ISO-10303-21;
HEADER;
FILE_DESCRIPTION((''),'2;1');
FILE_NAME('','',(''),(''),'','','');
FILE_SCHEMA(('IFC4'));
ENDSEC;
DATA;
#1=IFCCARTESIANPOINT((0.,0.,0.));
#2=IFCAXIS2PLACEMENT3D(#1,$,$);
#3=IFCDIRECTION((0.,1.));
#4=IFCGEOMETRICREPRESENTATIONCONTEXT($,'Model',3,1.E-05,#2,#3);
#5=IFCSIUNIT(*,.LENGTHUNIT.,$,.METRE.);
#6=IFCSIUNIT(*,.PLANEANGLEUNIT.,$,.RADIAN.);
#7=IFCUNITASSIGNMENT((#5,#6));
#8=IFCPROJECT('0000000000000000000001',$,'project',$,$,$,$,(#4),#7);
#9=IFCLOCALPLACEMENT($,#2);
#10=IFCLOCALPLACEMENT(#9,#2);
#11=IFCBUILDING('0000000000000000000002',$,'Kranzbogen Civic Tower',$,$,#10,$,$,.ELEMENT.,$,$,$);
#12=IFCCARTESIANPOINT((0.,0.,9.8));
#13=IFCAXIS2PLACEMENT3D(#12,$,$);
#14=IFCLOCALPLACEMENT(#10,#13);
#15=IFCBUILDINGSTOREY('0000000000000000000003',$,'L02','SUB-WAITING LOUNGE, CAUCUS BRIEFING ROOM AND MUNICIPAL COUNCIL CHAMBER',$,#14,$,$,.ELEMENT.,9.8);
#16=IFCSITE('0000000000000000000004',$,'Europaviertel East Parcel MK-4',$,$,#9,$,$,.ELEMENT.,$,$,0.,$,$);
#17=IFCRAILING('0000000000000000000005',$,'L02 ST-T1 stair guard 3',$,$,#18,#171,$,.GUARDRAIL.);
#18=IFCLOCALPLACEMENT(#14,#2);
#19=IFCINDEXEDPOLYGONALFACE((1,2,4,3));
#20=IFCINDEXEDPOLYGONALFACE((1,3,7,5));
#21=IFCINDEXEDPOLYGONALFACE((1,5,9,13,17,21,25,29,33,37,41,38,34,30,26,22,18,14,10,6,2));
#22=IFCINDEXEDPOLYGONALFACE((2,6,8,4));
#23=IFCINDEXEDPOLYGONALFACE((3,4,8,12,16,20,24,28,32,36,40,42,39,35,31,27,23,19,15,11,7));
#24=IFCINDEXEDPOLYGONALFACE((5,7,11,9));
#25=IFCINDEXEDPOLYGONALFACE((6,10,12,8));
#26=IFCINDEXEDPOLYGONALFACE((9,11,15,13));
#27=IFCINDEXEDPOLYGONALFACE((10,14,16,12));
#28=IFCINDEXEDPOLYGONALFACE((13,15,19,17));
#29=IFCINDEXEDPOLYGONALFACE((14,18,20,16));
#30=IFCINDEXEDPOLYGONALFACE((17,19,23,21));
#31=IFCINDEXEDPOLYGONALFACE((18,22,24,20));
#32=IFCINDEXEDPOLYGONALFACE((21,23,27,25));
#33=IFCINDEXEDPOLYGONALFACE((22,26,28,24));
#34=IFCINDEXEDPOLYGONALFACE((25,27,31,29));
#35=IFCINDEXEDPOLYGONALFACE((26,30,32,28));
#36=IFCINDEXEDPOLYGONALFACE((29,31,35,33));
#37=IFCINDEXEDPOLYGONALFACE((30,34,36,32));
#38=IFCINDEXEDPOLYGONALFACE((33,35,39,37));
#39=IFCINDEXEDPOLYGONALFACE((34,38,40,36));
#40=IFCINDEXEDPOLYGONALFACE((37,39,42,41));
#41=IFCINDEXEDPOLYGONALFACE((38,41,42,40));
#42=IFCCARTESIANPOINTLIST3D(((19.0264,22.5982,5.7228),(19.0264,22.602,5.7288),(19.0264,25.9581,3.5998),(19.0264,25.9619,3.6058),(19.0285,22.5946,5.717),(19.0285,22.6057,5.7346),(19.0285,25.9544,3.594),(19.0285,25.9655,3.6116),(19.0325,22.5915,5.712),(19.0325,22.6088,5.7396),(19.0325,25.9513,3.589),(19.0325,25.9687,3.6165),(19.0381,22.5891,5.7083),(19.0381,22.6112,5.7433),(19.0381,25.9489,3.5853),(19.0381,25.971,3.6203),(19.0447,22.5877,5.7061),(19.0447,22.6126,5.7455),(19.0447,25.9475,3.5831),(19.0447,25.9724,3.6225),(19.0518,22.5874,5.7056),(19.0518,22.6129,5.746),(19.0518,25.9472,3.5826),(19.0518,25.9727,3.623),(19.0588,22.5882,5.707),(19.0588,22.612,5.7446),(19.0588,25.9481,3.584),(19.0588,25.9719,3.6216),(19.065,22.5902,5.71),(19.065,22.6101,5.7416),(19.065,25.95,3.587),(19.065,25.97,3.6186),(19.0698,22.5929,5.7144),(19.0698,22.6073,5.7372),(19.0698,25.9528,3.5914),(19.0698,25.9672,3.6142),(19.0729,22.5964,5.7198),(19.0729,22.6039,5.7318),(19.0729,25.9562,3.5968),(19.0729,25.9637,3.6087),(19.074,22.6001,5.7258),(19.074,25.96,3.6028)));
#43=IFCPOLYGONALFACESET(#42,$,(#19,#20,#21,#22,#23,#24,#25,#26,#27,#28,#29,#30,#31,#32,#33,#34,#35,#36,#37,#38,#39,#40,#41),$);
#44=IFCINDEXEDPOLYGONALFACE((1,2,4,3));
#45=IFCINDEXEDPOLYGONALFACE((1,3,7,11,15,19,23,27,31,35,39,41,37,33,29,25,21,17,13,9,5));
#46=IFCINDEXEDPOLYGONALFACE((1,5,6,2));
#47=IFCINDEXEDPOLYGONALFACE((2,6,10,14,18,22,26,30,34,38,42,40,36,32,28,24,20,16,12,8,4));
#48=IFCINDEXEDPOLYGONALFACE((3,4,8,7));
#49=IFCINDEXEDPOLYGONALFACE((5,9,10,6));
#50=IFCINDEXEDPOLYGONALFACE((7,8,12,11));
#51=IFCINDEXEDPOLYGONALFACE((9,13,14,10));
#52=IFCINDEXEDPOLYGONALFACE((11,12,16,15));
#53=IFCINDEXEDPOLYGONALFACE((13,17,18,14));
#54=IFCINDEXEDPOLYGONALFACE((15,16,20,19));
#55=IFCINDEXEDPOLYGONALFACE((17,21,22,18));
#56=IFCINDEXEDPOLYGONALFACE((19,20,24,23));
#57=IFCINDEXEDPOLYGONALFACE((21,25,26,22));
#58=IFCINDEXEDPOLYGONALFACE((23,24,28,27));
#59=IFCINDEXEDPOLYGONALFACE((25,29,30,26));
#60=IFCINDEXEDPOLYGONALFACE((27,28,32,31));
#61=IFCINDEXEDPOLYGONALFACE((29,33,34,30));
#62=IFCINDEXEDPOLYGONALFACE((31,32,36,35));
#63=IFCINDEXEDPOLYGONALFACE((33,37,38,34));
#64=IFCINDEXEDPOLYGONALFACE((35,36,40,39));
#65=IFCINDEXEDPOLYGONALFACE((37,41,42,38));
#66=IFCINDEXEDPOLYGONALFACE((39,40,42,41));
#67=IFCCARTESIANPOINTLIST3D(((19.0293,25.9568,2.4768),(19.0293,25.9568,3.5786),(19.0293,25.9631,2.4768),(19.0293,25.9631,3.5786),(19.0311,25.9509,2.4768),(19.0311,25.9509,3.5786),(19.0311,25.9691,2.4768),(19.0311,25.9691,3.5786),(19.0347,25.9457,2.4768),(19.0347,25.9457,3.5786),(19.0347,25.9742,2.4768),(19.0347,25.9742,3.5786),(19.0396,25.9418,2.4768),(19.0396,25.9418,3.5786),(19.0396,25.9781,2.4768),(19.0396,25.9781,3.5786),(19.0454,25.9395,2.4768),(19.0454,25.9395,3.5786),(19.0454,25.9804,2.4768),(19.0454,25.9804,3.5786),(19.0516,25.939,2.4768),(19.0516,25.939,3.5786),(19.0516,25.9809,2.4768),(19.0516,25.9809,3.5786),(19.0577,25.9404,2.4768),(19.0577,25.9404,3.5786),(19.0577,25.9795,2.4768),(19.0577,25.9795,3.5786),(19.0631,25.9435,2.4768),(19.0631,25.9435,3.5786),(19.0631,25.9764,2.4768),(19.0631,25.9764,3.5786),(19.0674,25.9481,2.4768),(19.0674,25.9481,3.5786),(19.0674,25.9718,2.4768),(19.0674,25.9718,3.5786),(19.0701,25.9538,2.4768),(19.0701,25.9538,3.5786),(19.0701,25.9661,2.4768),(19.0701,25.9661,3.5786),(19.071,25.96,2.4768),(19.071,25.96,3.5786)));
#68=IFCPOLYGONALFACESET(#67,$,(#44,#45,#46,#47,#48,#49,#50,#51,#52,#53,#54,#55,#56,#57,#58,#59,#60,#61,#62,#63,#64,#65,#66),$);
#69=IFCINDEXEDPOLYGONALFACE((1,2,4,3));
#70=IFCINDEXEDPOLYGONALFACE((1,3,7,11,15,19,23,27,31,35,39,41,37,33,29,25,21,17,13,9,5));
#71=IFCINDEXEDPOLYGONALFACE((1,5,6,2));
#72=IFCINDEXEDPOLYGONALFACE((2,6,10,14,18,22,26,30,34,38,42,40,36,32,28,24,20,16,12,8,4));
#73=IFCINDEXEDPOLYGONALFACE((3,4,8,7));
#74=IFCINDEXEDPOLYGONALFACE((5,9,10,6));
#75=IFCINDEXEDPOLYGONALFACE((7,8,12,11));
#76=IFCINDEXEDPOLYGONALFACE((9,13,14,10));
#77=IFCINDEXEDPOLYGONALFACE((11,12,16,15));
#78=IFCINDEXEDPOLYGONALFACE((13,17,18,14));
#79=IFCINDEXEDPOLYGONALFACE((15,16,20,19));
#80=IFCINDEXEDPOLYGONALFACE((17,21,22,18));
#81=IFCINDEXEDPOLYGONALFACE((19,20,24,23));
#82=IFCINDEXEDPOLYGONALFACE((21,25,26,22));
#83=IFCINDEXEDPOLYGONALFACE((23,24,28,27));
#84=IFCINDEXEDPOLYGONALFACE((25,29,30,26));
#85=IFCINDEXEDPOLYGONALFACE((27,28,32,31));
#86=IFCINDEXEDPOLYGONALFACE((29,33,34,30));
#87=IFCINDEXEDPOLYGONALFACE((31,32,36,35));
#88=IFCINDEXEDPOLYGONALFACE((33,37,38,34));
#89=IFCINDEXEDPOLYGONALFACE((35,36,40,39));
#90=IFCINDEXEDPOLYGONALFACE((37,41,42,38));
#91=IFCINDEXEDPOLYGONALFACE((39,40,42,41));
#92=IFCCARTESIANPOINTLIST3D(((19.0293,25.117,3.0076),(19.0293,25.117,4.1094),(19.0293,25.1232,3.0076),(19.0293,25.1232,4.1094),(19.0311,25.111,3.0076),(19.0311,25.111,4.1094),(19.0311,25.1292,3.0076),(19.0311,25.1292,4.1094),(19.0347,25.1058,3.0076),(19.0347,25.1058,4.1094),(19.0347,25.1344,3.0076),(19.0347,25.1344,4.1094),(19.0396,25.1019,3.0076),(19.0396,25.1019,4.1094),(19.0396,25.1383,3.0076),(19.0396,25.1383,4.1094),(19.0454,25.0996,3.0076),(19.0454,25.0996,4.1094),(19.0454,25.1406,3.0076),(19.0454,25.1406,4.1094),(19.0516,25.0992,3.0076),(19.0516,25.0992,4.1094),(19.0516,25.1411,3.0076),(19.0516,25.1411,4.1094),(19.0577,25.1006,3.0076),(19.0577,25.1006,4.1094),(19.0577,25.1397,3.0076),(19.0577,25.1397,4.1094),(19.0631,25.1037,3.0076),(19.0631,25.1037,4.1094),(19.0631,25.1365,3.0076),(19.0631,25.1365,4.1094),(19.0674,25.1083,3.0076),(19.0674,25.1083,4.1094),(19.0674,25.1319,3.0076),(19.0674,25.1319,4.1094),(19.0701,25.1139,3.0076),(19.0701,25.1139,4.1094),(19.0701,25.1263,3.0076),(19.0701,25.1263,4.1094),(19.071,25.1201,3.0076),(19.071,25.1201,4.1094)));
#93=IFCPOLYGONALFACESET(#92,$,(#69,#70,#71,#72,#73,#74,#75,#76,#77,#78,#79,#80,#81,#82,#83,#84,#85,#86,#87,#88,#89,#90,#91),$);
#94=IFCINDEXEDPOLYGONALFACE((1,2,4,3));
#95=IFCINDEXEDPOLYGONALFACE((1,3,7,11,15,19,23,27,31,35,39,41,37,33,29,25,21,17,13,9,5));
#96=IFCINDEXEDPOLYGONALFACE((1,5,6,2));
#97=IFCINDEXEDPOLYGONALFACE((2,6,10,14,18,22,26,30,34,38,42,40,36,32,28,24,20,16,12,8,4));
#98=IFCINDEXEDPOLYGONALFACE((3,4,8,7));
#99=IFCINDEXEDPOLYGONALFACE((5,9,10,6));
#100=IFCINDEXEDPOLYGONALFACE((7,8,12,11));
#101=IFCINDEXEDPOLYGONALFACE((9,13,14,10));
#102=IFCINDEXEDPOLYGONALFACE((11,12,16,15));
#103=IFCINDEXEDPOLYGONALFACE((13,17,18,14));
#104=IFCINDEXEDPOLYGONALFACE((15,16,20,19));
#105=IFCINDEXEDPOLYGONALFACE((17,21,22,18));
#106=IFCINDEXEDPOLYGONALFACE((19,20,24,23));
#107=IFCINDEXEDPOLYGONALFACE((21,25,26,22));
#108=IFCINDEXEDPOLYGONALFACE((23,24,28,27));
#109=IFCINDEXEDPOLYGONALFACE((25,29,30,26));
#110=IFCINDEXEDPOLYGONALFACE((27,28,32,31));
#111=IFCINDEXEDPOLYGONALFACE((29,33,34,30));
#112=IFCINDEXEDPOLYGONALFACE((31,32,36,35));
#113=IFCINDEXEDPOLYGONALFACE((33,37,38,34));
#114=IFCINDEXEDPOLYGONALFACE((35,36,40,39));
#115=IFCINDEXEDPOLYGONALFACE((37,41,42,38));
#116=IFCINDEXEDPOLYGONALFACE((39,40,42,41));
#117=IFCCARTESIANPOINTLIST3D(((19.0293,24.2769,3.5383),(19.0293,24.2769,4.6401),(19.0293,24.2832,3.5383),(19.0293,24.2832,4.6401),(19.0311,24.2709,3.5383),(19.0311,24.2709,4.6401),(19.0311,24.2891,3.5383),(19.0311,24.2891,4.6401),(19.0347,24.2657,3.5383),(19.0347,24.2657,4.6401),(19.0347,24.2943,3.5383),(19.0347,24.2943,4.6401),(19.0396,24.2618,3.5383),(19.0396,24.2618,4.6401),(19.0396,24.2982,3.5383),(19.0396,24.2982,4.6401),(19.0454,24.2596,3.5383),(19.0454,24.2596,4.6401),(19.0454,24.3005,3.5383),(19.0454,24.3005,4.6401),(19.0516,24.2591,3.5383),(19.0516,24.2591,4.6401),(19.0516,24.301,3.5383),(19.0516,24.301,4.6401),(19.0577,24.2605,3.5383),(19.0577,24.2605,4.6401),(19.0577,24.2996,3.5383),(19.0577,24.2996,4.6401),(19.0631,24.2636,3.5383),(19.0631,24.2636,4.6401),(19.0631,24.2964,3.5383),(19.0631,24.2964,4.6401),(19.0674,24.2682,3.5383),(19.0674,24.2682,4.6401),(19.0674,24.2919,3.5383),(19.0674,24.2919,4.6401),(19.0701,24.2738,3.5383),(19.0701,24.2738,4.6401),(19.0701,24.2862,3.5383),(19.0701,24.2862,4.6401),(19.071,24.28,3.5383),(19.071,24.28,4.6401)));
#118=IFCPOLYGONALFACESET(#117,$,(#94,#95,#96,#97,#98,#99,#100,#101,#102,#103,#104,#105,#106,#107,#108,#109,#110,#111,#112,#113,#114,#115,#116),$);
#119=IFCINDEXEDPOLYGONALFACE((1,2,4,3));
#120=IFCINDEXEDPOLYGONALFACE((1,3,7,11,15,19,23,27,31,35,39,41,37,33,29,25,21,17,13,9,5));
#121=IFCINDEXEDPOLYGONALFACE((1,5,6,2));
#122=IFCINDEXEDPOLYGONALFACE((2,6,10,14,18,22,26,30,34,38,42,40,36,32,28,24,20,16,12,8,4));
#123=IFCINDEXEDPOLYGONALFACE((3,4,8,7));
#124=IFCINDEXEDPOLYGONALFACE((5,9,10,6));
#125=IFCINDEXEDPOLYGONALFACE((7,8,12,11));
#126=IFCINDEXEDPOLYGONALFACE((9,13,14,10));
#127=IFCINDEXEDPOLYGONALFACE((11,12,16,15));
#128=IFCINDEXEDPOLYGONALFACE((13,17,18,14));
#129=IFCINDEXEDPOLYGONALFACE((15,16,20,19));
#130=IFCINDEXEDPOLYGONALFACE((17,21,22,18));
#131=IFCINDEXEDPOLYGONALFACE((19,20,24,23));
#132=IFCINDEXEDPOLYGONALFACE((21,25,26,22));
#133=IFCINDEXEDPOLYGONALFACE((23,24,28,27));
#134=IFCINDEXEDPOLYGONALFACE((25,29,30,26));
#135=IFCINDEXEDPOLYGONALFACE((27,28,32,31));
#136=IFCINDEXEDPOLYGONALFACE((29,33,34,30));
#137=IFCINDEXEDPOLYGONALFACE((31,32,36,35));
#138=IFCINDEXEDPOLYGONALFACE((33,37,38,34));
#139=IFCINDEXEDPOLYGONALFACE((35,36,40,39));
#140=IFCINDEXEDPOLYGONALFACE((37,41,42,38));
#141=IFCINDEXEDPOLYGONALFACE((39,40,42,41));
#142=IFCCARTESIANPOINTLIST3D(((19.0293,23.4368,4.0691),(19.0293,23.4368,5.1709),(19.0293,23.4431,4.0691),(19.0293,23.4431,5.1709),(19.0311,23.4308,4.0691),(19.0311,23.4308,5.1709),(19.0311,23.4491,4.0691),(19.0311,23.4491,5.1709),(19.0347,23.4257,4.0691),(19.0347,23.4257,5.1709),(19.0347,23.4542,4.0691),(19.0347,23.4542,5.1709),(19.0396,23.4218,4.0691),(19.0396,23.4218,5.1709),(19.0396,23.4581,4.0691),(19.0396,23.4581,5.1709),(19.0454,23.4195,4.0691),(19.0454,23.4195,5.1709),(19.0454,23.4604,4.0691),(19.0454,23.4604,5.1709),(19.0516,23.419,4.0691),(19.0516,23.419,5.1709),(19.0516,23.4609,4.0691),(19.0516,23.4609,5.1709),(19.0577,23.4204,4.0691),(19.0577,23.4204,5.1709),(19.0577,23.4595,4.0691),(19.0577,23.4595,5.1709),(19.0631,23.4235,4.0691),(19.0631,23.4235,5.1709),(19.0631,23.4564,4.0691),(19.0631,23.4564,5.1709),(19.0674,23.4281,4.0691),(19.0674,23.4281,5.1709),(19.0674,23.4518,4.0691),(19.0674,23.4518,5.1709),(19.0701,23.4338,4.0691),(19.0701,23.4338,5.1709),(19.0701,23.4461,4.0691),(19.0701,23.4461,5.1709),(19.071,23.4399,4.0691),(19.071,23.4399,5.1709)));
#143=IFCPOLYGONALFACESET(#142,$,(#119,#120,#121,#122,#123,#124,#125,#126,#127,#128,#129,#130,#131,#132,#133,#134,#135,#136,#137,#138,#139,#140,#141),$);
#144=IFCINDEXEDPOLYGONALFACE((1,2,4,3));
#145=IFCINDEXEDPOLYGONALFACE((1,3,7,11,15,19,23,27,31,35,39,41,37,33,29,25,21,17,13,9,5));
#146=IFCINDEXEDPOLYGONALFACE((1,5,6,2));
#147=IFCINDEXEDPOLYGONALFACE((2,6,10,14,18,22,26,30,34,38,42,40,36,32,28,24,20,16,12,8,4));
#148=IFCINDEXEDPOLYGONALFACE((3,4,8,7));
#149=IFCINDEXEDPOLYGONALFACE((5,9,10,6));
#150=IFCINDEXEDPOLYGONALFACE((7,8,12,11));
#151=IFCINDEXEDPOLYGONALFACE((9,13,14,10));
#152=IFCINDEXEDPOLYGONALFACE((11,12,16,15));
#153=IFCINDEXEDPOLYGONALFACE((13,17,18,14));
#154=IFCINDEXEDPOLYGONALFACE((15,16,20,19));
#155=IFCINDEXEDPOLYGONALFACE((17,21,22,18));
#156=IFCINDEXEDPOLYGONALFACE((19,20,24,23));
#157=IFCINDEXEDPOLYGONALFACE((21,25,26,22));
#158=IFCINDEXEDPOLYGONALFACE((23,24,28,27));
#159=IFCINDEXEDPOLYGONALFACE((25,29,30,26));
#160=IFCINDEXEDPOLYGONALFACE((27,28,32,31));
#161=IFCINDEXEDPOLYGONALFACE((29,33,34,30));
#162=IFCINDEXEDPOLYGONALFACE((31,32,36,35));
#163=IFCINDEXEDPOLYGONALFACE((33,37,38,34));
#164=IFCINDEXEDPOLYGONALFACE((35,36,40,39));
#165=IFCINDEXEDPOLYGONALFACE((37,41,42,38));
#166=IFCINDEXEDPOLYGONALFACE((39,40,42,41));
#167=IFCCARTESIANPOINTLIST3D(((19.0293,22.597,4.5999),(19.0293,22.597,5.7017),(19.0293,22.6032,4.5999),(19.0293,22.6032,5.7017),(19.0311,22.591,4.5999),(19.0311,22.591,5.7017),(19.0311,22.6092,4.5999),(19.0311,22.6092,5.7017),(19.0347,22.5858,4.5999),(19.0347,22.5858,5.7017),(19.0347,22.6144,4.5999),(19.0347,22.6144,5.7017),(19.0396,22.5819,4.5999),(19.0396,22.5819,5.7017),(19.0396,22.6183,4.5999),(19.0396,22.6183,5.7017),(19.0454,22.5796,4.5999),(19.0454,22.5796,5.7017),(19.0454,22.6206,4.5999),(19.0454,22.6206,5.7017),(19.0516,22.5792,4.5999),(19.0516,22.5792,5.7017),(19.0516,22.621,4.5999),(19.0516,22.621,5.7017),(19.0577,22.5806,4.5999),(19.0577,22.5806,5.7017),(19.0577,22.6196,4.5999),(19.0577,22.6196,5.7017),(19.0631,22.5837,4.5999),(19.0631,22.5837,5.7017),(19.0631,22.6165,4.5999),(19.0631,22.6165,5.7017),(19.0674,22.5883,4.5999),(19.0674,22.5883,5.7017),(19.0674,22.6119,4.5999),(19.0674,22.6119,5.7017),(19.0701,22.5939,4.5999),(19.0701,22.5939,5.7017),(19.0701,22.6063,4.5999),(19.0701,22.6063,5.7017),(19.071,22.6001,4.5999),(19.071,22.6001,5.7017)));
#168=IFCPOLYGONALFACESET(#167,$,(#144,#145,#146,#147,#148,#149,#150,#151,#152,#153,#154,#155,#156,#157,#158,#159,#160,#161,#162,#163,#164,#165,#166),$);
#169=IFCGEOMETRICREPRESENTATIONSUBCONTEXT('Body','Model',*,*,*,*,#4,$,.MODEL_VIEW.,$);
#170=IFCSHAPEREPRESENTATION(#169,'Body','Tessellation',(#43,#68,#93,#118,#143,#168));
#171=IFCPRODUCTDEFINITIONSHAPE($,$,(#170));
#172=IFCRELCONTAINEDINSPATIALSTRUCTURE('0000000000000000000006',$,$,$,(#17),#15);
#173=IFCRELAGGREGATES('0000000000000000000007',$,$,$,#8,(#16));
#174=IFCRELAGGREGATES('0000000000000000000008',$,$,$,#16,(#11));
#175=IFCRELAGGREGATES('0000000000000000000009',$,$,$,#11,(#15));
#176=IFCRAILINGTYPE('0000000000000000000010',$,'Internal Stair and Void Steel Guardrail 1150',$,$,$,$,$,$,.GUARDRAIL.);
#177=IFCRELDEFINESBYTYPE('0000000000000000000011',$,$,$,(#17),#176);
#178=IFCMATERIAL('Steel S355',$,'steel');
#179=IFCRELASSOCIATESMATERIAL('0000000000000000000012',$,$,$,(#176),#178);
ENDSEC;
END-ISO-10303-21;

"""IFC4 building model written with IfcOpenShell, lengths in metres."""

from ifc_helpers import new_model, si_unit, direction, frame, origin, origin_2d, place, context, subcontext, project, spatial, circle, extrude, material, type_object, element, save


model = new_model("IFC4")

# Units and contexts
model_context = context("Model", 3, precision=1e-05, world=origin(), true_north=direction((0.0, 1.0)))
body_context = subcontext(model_context, "Body", "Model", "MODEL_VIEW")
ifc_project = project(units=[si_unit("LENGTHUNIT", "METRE"), si_unit("PLANEANGLEUNIT", "RADIAN")], contexts=[model_context])

# Site, building, storey
site_placement = place(None, origin())
site = spatial("IfcSite", under=ifc_project, at=site_placement, Name="Europaviertel East Parcel MK-4", CompositionType="ELEMENT", RefElevation=0.0)
building_placement = place(site_placement, origin())
building = spatial("IfcBuilding", under=site, at=building_placement, Name="Kranzbogen Civic Tower", CompositionType="ELEMENT")
storey_placement = place(building_placement, frame((0.0, 0.0, 9.8)))
storey = spatial("IfcBuildingStorey", under=building, at=storey_placement, Name="L02", Description="SUB-WAITING LOUNGE, CAUCUS BRIEFING ROOM AND MUNICIPAL COUNCIL CHAMBER", CompositionType="ELEMENT", Elevation=9.8)

# Shared definitions
ifc_material_1 = material(Name="Steel S355", Category="steel")

# Railing
railing_type_1 = type_object("IfcRailingType", Name="Internal Stair and Void Steel Guardrail 1150", PredefinedType="GUARDRAIL", material=ifc_material_1)
railing_1_placement = place(storey_placement, frame((19.05, 25.96, 2.4768)))
element("IfcRailing", 1, at=railing_1_placement, inside=storey, type_object=railing_type_1, Name="L02 ST-T1 stair guard 3", PredefinedType="GUARDRAIL", context=body_context, shape_type="SweptSolid", body=[
    extrude(circle(Radius=0.0239, at=origin_2d()), frame((0.0, 0.0, 1.126), z_axis=(0.0, -0.845372, 0.534178), x_axis=(1.0, 0.0, 0.0)), (0.0, 0.0, 1.0), 3.9744),
    extrude(circle(Radius=0.021, at=origin_2d()), origin(), (0.0, 0.0, 1.0), 1.1018),
    extrude(circle(Radius=0.021, at=origin_2d()), frame((0.0, -0.8398, 0.5308)), (0.0, 0.0, 1.0), 1.1018),
    extrude(circle(Radius=0.021, at=origin_2d()), frame((0.0, -1.6799, 1.0615)), (0.0, 0.0, 1.0), 1.1018),
    extrude(circle(Radius=0.021, at=origin_2d()), frame((0.0, -2.52, 1.5923)), (0.0, 0.0, 1.0), 1.1018),
    extrude(circle(Radius=0.021, at=origin_2d()), frame((0.0, -3.3599, 2.123)), (0.0, 0.0, 1.0), 1.1018),
])

save(model, "model.ifc")
